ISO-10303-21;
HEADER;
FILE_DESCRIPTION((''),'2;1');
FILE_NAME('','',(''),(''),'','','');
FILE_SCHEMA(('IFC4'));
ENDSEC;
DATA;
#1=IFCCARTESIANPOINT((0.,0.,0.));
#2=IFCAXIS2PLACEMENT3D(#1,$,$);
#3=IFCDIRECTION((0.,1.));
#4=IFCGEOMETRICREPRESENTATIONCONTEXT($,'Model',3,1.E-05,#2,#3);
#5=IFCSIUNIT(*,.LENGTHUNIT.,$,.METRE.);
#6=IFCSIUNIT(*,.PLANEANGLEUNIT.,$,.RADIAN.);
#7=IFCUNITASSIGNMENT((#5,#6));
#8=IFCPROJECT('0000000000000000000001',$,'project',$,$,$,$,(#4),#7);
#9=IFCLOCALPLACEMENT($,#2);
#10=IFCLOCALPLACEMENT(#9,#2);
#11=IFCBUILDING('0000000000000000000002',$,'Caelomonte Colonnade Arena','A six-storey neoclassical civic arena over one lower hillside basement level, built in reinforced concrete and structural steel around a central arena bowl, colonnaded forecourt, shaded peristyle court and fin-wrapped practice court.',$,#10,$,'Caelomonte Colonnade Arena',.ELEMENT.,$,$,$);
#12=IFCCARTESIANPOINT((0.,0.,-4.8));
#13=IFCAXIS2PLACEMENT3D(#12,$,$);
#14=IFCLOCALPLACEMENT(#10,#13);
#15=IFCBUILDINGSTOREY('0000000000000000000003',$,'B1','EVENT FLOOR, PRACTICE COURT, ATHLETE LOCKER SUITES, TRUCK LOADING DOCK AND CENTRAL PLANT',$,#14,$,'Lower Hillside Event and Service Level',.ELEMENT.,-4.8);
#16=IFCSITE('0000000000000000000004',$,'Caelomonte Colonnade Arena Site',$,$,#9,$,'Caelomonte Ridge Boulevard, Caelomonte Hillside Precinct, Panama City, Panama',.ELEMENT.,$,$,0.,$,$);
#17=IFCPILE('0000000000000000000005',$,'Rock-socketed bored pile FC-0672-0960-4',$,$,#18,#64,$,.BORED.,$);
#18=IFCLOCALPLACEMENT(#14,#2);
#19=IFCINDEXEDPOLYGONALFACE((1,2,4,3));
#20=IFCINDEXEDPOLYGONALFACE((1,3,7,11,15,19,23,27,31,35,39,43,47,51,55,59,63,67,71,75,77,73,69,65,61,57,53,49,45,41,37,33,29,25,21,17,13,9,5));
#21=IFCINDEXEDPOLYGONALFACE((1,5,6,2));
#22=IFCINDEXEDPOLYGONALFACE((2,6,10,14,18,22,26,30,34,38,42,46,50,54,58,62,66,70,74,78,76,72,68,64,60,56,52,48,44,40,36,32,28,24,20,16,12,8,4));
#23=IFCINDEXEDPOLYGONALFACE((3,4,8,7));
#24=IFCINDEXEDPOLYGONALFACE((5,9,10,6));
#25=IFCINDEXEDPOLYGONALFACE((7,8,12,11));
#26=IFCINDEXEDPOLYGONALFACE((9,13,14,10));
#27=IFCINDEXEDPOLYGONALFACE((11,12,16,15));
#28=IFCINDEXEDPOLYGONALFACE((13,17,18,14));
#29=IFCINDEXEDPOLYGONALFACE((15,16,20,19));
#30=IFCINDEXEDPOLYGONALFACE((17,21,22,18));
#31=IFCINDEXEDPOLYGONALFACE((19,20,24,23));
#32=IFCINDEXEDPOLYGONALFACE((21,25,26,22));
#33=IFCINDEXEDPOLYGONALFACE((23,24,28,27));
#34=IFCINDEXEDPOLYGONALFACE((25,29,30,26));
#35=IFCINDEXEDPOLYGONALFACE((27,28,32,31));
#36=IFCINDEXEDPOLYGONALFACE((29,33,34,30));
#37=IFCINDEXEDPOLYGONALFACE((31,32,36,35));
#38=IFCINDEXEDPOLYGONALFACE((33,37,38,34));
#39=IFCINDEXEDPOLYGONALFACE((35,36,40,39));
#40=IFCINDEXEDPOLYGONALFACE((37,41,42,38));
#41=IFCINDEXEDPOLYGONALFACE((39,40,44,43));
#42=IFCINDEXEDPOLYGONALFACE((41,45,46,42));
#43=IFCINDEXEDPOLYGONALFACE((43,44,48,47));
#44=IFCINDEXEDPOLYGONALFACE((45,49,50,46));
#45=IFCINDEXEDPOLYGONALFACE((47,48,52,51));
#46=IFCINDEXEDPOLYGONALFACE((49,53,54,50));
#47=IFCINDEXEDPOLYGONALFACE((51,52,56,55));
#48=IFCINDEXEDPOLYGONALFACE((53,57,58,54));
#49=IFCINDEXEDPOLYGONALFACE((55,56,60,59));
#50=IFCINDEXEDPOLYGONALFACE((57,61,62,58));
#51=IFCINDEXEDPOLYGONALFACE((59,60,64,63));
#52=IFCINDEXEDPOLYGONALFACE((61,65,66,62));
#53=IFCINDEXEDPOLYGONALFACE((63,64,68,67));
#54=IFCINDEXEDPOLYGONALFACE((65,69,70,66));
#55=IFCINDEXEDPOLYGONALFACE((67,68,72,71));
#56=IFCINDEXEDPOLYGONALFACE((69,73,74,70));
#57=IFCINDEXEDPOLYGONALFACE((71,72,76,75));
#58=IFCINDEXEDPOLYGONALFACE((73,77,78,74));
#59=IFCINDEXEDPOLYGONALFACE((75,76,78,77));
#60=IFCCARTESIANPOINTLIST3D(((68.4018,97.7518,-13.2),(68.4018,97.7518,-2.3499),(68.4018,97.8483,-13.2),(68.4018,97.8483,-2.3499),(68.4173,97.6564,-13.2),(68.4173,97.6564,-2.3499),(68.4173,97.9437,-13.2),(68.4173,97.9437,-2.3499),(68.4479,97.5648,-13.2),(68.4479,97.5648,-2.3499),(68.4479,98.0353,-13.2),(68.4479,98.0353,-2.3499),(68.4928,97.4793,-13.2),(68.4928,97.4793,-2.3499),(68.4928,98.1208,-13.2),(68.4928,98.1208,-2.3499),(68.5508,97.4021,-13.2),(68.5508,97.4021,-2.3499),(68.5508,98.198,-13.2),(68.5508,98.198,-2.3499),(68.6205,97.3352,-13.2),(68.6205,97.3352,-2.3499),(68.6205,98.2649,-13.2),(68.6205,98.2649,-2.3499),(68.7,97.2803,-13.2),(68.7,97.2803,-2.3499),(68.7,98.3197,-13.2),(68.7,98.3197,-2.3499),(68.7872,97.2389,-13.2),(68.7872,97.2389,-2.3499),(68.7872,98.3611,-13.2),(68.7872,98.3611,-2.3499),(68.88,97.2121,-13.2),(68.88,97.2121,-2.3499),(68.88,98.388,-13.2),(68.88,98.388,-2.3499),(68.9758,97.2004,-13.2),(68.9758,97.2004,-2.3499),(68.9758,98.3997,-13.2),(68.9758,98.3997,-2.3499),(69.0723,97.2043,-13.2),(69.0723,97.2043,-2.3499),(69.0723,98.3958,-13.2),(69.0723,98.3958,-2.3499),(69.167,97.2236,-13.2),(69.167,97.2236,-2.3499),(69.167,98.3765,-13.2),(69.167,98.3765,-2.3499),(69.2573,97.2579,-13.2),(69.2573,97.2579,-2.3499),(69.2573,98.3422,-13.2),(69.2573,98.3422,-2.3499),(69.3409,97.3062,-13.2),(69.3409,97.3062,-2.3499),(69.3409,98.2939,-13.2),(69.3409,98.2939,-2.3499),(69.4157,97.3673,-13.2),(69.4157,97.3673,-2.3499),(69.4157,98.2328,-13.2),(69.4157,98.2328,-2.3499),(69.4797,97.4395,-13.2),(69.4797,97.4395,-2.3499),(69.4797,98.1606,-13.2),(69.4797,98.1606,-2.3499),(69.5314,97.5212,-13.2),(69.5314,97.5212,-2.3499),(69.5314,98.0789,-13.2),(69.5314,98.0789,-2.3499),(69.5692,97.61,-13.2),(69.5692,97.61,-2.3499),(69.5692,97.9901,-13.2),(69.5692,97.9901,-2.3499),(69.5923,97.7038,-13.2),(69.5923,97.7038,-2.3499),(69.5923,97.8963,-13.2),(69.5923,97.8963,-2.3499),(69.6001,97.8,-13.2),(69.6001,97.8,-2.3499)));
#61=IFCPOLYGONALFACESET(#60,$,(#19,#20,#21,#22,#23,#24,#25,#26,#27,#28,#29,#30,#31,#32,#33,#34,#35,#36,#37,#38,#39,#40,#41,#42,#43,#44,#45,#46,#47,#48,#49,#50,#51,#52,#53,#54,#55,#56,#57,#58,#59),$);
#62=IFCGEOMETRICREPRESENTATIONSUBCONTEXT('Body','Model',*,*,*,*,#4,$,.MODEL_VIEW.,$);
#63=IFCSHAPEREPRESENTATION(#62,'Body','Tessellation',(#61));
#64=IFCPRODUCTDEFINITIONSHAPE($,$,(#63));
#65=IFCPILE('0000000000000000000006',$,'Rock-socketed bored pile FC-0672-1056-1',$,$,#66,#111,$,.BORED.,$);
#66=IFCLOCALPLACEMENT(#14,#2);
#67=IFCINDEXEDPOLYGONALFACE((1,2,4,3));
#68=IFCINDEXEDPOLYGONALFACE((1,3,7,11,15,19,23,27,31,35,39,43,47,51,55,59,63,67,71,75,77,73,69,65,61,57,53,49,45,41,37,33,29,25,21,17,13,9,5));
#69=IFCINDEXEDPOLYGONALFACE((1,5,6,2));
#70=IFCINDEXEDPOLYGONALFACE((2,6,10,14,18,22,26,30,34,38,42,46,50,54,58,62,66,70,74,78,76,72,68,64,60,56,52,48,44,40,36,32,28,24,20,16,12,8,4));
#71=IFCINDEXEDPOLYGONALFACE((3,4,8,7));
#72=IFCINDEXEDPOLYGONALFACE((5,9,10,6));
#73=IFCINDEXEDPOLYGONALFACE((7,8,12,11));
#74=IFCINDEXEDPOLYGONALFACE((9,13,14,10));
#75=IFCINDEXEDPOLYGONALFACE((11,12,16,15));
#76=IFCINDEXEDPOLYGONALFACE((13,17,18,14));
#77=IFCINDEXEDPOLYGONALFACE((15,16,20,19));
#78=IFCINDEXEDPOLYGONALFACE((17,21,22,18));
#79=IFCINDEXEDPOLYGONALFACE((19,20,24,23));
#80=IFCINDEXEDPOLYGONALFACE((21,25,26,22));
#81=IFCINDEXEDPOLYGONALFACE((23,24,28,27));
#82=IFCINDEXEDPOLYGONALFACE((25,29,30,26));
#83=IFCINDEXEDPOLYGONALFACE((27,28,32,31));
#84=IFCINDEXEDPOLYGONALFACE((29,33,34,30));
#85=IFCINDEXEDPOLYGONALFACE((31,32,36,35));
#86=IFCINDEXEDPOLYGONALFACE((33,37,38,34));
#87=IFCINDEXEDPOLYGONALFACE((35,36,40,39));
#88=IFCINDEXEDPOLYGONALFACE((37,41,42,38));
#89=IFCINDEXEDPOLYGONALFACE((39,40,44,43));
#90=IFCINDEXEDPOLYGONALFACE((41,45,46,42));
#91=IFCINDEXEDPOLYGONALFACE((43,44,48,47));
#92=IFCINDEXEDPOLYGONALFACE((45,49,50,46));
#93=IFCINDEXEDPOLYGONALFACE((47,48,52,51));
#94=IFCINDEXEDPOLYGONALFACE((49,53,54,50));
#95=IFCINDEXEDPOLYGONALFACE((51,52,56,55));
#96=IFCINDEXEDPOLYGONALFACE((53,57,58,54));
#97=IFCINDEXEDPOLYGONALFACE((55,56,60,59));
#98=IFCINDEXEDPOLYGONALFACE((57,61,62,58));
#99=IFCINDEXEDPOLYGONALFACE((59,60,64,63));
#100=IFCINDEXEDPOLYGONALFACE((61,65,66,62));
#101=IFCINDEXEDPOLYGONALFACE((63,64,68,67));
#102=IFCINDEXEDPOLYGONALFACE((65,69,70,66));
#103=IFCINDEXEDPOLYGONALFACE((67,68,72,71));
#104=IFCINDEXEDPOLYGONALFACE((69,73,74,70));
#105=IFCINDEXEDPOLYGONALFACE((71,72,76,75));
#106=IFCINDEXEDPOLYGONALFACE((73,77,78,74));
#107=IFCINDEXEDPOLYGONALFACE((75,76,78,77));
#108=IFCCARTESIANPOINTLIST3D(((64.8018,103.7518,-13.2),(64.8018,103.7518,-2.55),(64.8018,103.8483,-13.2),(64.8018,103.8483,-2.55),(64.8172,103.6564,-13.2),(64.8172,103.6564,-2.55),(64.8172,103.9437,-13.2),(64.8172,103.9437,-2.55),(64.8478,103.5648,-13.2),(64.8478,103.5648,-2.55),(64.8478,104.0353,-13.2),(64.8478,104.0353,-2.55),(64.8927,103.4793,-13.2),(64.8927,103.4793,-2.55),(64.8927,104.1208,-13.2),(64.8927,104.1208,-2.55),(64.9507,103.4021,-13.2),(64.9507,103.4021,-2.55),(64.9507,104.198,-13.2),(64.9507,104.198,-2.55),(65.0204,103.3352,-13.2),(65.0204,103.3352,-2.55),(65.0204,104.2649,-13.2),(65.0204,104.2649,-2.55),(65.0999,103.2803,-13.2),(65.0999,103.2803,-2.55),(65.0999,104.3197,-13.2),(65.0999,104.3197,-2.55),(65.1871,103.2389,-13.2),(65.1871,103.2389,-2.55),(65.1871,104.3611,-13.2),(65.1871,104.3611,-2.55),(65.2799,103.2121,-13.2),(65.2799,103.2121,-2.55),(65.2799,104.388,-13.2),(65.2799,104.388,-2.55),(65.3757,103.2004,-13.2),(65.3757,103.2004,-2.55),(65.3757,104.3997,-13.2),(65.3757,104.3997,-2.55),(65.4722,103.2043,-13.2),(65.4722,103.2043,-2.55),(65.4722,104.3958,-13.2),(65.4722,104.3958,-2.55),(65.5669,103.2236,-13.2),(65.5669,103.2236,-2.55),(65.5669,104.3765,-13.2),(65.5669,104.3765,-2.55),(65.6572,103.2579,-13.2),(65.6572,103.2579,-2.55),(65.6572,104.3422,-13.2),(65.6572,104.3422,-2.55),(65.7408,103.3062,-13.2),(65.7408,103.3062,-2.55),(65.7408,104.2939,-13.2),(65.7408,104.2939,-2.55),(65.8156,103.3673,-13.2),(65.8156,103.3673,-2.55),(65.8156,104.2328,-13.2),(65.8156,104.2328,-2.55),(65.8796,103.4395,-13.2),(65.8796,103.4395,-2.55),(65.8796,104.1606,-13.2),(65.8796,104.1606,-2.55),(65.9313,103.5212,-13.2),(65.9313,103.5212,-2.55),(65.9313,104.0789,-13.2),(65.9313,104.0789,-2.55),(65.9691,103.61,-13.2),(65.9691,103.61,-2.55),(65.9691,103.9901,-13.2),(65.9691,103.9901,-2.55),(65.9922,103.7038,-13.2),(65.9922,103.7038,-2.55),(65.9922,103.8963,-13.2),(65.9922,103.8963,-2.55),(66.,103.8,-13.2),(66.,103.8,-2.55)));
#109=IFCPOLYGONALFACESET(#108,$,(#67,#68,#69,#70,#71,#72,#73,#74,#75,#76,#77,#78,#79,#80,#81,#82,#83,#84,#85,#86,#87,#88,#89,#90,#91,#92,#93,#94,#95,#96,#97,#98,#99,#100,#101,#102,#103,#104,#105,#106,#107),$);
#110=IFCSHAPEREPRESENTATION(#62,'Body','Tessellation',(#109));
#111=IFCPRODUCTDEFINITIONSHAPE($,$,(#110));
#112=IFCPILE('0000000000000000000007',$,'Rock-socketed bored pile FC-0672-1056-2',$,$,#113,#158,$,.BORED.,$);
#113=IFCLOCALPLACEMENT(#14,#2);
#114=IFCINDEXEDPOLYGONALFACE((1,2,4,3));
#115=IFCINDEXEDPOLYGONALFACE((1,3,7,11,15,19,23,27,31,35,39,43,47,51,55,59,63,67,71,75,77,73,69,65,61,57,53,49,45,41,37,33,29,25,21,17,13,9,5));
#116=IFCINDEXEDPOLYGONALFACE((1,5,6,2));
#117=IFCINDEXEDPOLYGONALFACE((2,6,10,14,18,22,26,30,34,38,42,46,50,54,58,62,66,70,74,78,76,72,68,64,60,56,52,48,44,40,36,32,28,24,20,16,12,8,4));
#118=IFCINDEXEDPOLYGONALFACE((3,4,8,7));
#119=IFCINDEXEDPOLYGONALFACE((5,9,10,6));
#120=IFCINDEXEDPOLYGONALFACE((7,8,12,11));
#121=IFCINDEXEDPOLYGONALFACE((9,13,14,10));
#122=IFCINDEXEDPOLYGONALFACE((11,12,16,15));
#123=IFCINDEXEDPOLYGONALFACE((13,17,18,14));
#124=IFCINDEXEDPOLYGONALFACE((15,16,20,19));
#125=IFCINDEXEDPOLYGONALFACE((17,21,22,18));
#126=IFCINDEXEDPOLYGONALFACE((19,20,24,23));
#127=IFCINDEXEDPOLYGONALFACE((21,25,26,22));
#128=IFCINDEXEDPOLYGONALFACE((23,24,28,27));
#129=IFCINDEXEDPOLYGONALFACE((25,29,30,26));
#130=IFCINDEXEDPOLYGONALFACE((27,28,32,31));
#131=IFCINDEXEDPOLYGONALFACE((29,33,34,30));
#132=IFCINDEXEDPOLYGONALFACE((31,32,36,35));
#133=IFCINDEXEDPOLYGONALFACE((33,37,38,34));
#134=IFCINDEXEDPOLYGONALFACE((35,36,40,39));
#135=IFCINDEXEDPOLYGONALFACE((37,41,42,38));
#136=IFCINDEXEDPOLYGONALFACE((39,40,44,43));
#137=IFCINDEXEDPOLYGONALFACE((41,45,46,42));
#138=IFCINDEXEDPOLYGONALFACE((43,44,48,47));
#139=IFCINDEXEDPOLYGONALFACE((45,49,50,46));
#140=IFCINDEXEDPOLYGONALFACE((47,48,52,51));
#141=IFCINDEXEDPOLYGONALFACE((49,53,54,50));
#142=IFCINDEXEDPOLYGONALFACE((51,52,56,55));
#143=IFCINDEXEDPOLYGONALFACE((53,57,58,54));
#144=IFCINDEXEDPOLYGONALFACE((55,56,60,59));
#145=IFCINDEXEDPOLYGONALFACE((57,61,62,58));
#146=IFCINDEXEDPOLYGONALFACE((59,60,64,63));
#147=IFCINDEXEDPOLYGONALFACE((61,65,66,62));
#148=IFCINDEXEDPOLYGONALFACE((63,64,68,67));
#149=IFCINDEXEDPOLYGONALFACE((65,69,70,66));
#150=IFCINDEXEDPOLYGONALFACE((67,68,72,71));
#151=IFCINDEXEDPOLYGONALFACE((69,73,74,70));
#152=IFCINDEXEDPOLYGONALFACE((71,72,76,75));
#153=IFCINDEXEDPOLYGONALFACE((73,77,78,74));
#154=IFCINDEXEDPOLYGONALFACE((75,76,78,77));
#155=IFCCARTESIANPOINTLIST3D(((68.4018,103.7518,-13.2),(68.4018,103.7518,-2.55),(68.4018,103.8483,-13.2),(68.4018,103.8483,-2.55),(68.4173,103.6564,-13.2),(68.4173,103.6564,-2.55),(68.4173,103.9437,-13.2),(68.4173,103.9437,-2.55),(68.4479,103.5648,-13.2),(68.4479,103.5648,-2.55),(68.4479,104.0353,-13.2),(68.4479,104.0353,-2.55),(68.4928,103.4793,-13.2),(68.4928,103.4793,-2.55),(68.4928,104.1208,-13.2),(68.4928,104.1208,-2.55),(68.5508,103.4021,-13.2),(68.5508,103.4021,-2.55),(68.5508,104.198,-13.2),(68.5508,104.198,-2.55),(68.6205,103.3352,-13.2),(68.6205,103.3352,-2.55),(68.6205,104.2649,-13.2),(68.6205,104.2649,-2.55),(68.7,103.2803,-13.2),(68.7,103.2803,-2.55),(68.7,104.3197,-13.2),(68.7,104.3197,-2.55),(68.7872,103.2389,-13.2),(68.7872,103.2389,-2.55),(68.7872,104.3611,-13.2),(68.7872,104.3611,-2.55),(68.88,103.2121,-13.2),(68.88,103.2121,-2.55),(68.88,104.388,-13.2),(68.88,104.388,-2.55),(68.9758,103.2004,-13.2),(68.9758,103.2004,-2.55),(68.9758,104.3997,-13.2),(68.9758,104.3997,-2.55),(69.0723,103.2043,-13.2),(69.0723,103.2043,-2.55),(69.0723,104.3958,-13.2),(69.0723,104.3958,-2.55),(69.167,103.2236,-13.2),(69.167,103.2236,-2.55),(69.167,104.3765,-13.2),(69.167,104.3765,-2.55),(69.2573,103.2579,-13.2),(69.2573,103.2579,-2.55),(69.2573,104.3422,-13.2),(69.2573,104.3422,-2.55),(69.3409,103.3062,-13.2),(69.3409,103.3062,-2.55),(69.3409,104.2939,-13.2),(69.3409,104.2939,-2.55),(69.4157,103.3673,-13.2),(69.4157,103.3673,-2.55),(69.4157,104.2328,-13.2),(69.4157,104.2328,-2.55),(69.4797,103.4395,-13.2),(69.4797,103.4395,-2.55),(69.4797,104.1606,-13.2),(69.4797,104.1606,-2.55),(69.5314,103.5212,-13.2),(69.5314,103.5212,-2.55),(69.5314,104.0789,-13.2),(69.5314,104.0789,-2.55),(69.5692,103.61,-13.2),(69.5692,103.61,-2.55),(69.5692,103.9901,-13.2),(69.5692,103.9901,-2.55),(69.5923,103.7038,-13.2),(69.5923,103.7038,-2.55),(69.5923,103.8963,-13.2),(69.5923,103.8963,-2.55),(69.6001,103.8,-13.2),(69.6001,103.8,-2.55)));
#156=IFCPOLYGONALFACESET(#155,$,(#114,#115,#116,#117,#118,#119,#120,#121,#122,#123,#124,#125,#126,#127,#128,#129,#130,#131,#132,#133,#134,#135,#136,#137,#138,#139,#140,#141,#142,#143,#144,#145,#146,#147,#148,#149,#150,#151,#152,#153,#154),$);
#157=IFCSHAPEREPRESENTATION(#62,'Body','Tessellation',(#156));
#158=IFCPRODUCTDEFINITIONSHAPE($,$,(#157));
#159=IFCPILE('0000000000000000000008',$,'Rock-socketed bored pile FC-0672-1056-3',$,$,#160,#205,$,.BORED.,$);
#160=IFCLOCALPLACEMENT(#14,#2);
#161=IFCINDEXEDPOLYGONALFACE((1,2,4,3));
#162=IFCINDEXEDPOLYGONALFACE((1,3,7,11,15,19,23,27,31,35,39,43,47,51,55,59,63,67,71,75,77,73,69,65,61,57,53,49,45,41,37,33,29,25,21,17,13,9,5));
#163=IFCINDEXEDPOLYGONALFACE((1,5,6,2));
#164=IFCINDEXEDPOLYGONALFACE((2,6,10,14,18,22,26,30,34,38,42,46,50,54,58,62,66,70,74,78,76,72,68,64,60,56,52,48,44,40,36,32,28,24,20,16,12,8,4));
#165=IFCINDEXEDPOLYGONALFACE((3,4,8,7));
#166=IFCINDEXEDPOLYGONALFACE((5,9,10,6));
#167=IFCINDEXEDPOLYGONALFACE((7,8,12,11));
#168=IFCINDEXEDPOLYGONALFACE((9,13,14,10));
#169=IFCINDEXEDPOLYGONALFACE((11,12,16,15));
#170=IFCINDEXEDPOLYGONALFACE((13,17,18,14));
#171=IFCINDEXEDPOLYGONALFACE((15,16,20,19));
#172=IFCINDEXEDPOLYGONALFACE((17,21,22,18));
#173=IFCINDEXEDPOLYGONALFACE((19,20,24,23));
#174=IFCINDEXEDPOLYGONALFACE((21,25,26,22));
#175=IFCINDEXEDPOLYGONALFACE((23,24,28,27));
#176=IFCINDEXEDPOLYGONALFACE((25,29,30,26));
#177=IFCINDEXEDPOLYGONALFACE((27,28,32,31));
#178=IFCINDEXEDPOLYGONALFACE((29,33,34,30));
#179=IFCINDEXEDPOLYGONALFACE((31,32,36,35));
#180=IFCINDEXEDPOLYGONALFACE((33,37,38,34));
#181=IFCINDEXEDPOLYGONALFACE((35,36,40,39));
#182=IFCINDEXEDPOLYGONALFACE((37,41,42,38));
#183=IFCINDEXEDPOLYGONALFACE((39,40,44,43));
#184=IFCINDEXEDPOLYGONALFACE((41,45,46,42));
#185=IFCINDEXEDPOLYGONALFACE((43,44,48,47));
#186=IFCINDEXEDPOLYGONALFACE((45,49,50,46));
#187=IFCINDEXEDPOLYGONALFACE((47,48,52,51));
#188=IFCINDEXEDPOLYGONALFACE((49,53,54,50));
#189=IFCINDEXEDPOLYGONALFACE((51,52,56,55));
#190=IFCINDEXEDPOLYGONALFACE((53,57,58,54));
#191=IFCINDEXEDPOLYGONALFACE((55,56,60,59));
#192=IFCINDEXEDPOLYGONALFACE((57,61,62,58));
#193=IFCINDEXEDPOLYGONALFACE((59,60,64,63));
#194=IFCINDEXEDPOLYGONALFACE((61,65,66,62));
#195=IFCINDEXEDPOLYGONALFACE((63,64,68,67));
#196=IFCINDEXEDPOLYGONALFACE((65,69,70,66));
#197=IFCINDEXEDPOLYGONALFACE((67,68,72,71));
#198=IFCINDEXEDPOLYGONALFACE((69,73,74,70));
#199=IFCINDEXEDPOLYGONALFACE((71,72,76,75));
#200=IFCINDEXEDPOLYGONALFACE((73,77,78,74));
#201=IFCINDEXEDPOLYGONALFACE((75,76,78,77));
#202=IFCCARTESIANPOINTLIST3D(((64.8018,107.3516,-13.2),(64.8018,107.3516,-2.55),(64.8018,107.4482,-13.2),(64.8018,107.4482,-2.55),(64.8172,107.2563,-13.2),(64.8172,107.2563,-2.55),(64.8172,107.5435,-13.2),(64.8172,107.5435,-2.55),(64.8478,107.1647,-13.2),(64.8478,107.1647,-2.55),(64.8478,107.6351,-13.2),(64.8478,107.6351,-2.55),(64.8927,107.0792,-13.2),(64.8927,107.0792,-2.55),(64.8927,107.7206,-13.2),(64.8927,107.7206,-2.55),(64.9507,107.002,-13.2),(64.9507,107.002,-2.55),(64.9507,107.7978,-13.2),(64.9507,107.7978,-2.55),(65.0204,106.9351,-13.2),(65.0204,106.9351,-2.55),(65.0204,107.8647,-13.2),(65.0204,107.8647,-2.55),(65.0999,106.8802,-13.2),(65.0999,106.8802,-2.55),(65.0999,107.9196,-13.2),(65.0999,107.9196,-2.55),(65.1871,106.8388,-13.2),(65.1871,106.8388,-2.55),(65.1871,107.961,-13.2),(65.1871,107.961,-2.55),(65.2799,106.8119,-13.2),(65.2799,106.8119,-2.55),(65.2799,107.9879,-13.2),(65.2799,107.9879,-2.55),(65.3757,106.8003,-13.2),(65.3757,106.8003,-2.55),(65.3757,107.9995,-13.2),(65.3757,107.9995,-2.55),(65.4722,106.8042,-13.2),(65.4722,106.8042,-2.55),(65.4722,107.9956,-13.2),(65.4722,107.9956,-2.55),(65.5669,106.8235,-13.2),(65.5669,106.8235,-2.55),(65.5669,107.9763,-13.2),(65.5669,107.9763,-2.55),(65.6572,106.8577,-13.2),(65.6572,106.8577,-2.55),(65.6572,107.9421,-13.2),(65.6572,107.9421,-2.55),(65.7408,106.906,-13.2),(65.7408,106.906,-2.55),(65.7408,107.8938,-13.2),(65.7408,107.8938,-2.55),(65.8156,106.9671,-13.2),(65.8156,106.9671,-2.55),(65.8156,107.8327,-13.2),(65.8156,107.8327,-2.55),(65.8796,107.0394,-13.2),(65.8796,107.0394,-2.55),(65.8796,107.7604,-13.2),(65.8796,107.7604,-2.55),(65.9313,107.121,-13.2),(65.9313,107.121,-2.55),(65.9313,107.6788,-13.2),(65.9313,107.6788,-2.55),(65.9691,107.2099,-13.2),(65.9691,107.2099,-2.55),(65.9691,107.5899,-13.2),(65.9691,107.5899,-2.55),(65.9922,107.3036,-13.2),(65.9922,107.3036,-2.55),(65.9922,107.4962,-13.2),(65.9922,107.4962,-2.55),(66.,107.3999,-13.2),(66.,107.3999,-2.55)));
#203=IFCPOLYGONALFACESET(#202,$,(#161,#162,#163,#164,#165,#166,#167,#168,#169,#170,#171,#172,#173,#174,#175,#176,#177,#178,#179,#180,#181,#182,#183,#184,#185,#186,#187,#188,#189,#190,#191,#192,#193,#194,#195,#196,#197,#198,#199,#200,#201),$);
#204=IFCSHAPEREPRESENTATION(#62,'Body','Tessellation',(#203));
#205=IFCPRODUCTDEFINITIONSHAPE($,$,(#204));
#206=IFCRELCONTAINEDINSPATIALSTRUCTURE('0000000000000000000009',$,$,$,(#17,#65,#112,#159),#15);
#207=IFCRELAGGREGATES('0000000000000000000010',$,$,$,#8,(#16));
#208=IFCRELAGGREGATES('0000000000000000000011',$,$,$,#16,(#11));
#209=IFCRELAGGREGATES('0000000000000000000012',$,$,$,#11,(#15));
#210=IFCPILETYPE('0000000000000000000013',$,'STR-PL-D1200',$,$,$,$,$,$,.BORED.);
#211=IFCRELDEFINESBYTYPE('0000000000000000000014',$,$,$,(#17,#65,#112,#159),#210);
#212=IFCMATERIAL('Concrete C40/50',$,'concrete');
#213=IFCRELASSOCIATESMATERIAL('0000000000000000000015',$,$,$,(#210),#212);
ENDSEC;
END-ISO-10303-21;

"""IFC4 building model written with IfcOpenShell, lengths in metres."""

from ifc_helpers import new_model, si_unit, direction, frame, origin, origin_2d, place, context, subcontext, project, spatial, circle, extrude, material, material_profile, profile_set, type_object, element, save


model = new_model("IFC4")

# Units and contexts
model_context = context("Model", 3, precision=1e-05, world=origin(), true_north=direction((0.0, 1.0)))
body_context = subcontext(model_context, "Body", "Model", "MODEL_VIEW")
ifc_project = project(units=[si_unit("LENGTHUNIT", "METRE"), si_unit("PLANEANGLEUNIT", "RADIAN")], contexts=[model_context])

# Site, building, storey
site_placement = place(None, origin())
site = spatial("IfcSite", under=ifc_project, at=site_placement, Name="Caelomonte Colonnade Arena Site", LongName="Caelomonte Ridge Boulevard, Caelomonte Hillside Precinct, Panama City, Panama", CompositionType="ELEMENT", RefElevation=0.0)
building_placement = place(site_placement, origin())
building = spatial("IfcBuilding", under=site, at=building_placement, Name="Caelomonte Colonnade Arena", Description="A six-storey neoclassical civic arena over one lower hillside basement level, built in reinforced concrete and structural steel around a central arena bowl, colonnaded forecourt, shaded peristyle court and fin-wrapped practice court.", LongName="Caelomonte Colonnade Arena", CompositionType="ELEMENT")
storey_placement = place(building_placement, frame((0.0, 0.0, -4.8)))
storey = spatial("IfcBuildingStorey", under=building, at=storey_placement, Name="B1", Description="EVENT FLOOR, PRACTICE COURT, ATHLETE LOCKER SUITES, TRUCK LOADING DOCK AND CENTRAL PLANT", LongName="Lower Hillside Event and Service Level", CompositionType="ELEMENT", Elevation=-4.8)

# Shared definitions
ifc_material_1 = material(Name="Concrete C40/50", Category="concrete")

# Piles
ifc_material_profile_1 = material_profile(ifc_material_1, circle(Radius=0.6001, at=origin_2d()), Name="PILE-D1200")
ifc_profile_set_1 = profile_set([ifc_material_profile_1], Name="Concrete C40/50")
pile_type_1 = type_object("IfcPileType", Name="STR-PL-D1200", PredefinedType="BORED", material=ifc_profile_set_1)
for number, where, z_axis, x_axis, name in (
    (1, (69.0, 97.8, -2.3499), (0.0, 0.0, -1.0), (1.0, 0.0, 0.0), "Rock-socketed bored pile FC-0672-0960-4"),
):
    element("IfcPile", number, at=place(storey_placement, frame(where, z_axis=z_axis, x_axis=x_axis)), inside=storey, type_object=pile_type_1, Name=name, PredefinedType="BORED", context=body_context, shape_type="SweptSolid", body=[
        extrude(circle(Radius=0.6001, at=origin_2d()), origin(), (0.0, 0.0, 1.0), 10.8501),
    ])
for number, where, z_axis, x_axis, name in (
    (2, (65.3999, 103.8, -2.55), (0.0, 0.0, -1.0), (1.0, 0.0, 0.0), "Rock-socketed bored pile FC-0672-1056-1"),
    (3, (69.0, 103.8, -2.55), (0.0, 0.0, -1.0), (1.0, 0.0, 0.0), "Rock-socketed bored pile FC-0672-1056-2"),
    (4, (65.3999, 107.3999, -2.55), (0.0, 0.0, -1.0), (1.0, 0.0, 0.0), "Rock-socketed bored pile FC-0672-1056-3"),
):
    element("IfcPile", number, at=place(storey_placement, frame(where, z_axis=z_axis, x_axis=x_axis)), inside=storey, type_object=pile_type_1, Name=name, PredefinedType="BORED", context=body_context, shape_type="SweptSolid", body=[
        extrude(circle(Radius=0.6001, at=origin_2d()), origin(), (0.0, 0.0, 1.0), 10.6499),
    ])

save(model, "model.ifc")
